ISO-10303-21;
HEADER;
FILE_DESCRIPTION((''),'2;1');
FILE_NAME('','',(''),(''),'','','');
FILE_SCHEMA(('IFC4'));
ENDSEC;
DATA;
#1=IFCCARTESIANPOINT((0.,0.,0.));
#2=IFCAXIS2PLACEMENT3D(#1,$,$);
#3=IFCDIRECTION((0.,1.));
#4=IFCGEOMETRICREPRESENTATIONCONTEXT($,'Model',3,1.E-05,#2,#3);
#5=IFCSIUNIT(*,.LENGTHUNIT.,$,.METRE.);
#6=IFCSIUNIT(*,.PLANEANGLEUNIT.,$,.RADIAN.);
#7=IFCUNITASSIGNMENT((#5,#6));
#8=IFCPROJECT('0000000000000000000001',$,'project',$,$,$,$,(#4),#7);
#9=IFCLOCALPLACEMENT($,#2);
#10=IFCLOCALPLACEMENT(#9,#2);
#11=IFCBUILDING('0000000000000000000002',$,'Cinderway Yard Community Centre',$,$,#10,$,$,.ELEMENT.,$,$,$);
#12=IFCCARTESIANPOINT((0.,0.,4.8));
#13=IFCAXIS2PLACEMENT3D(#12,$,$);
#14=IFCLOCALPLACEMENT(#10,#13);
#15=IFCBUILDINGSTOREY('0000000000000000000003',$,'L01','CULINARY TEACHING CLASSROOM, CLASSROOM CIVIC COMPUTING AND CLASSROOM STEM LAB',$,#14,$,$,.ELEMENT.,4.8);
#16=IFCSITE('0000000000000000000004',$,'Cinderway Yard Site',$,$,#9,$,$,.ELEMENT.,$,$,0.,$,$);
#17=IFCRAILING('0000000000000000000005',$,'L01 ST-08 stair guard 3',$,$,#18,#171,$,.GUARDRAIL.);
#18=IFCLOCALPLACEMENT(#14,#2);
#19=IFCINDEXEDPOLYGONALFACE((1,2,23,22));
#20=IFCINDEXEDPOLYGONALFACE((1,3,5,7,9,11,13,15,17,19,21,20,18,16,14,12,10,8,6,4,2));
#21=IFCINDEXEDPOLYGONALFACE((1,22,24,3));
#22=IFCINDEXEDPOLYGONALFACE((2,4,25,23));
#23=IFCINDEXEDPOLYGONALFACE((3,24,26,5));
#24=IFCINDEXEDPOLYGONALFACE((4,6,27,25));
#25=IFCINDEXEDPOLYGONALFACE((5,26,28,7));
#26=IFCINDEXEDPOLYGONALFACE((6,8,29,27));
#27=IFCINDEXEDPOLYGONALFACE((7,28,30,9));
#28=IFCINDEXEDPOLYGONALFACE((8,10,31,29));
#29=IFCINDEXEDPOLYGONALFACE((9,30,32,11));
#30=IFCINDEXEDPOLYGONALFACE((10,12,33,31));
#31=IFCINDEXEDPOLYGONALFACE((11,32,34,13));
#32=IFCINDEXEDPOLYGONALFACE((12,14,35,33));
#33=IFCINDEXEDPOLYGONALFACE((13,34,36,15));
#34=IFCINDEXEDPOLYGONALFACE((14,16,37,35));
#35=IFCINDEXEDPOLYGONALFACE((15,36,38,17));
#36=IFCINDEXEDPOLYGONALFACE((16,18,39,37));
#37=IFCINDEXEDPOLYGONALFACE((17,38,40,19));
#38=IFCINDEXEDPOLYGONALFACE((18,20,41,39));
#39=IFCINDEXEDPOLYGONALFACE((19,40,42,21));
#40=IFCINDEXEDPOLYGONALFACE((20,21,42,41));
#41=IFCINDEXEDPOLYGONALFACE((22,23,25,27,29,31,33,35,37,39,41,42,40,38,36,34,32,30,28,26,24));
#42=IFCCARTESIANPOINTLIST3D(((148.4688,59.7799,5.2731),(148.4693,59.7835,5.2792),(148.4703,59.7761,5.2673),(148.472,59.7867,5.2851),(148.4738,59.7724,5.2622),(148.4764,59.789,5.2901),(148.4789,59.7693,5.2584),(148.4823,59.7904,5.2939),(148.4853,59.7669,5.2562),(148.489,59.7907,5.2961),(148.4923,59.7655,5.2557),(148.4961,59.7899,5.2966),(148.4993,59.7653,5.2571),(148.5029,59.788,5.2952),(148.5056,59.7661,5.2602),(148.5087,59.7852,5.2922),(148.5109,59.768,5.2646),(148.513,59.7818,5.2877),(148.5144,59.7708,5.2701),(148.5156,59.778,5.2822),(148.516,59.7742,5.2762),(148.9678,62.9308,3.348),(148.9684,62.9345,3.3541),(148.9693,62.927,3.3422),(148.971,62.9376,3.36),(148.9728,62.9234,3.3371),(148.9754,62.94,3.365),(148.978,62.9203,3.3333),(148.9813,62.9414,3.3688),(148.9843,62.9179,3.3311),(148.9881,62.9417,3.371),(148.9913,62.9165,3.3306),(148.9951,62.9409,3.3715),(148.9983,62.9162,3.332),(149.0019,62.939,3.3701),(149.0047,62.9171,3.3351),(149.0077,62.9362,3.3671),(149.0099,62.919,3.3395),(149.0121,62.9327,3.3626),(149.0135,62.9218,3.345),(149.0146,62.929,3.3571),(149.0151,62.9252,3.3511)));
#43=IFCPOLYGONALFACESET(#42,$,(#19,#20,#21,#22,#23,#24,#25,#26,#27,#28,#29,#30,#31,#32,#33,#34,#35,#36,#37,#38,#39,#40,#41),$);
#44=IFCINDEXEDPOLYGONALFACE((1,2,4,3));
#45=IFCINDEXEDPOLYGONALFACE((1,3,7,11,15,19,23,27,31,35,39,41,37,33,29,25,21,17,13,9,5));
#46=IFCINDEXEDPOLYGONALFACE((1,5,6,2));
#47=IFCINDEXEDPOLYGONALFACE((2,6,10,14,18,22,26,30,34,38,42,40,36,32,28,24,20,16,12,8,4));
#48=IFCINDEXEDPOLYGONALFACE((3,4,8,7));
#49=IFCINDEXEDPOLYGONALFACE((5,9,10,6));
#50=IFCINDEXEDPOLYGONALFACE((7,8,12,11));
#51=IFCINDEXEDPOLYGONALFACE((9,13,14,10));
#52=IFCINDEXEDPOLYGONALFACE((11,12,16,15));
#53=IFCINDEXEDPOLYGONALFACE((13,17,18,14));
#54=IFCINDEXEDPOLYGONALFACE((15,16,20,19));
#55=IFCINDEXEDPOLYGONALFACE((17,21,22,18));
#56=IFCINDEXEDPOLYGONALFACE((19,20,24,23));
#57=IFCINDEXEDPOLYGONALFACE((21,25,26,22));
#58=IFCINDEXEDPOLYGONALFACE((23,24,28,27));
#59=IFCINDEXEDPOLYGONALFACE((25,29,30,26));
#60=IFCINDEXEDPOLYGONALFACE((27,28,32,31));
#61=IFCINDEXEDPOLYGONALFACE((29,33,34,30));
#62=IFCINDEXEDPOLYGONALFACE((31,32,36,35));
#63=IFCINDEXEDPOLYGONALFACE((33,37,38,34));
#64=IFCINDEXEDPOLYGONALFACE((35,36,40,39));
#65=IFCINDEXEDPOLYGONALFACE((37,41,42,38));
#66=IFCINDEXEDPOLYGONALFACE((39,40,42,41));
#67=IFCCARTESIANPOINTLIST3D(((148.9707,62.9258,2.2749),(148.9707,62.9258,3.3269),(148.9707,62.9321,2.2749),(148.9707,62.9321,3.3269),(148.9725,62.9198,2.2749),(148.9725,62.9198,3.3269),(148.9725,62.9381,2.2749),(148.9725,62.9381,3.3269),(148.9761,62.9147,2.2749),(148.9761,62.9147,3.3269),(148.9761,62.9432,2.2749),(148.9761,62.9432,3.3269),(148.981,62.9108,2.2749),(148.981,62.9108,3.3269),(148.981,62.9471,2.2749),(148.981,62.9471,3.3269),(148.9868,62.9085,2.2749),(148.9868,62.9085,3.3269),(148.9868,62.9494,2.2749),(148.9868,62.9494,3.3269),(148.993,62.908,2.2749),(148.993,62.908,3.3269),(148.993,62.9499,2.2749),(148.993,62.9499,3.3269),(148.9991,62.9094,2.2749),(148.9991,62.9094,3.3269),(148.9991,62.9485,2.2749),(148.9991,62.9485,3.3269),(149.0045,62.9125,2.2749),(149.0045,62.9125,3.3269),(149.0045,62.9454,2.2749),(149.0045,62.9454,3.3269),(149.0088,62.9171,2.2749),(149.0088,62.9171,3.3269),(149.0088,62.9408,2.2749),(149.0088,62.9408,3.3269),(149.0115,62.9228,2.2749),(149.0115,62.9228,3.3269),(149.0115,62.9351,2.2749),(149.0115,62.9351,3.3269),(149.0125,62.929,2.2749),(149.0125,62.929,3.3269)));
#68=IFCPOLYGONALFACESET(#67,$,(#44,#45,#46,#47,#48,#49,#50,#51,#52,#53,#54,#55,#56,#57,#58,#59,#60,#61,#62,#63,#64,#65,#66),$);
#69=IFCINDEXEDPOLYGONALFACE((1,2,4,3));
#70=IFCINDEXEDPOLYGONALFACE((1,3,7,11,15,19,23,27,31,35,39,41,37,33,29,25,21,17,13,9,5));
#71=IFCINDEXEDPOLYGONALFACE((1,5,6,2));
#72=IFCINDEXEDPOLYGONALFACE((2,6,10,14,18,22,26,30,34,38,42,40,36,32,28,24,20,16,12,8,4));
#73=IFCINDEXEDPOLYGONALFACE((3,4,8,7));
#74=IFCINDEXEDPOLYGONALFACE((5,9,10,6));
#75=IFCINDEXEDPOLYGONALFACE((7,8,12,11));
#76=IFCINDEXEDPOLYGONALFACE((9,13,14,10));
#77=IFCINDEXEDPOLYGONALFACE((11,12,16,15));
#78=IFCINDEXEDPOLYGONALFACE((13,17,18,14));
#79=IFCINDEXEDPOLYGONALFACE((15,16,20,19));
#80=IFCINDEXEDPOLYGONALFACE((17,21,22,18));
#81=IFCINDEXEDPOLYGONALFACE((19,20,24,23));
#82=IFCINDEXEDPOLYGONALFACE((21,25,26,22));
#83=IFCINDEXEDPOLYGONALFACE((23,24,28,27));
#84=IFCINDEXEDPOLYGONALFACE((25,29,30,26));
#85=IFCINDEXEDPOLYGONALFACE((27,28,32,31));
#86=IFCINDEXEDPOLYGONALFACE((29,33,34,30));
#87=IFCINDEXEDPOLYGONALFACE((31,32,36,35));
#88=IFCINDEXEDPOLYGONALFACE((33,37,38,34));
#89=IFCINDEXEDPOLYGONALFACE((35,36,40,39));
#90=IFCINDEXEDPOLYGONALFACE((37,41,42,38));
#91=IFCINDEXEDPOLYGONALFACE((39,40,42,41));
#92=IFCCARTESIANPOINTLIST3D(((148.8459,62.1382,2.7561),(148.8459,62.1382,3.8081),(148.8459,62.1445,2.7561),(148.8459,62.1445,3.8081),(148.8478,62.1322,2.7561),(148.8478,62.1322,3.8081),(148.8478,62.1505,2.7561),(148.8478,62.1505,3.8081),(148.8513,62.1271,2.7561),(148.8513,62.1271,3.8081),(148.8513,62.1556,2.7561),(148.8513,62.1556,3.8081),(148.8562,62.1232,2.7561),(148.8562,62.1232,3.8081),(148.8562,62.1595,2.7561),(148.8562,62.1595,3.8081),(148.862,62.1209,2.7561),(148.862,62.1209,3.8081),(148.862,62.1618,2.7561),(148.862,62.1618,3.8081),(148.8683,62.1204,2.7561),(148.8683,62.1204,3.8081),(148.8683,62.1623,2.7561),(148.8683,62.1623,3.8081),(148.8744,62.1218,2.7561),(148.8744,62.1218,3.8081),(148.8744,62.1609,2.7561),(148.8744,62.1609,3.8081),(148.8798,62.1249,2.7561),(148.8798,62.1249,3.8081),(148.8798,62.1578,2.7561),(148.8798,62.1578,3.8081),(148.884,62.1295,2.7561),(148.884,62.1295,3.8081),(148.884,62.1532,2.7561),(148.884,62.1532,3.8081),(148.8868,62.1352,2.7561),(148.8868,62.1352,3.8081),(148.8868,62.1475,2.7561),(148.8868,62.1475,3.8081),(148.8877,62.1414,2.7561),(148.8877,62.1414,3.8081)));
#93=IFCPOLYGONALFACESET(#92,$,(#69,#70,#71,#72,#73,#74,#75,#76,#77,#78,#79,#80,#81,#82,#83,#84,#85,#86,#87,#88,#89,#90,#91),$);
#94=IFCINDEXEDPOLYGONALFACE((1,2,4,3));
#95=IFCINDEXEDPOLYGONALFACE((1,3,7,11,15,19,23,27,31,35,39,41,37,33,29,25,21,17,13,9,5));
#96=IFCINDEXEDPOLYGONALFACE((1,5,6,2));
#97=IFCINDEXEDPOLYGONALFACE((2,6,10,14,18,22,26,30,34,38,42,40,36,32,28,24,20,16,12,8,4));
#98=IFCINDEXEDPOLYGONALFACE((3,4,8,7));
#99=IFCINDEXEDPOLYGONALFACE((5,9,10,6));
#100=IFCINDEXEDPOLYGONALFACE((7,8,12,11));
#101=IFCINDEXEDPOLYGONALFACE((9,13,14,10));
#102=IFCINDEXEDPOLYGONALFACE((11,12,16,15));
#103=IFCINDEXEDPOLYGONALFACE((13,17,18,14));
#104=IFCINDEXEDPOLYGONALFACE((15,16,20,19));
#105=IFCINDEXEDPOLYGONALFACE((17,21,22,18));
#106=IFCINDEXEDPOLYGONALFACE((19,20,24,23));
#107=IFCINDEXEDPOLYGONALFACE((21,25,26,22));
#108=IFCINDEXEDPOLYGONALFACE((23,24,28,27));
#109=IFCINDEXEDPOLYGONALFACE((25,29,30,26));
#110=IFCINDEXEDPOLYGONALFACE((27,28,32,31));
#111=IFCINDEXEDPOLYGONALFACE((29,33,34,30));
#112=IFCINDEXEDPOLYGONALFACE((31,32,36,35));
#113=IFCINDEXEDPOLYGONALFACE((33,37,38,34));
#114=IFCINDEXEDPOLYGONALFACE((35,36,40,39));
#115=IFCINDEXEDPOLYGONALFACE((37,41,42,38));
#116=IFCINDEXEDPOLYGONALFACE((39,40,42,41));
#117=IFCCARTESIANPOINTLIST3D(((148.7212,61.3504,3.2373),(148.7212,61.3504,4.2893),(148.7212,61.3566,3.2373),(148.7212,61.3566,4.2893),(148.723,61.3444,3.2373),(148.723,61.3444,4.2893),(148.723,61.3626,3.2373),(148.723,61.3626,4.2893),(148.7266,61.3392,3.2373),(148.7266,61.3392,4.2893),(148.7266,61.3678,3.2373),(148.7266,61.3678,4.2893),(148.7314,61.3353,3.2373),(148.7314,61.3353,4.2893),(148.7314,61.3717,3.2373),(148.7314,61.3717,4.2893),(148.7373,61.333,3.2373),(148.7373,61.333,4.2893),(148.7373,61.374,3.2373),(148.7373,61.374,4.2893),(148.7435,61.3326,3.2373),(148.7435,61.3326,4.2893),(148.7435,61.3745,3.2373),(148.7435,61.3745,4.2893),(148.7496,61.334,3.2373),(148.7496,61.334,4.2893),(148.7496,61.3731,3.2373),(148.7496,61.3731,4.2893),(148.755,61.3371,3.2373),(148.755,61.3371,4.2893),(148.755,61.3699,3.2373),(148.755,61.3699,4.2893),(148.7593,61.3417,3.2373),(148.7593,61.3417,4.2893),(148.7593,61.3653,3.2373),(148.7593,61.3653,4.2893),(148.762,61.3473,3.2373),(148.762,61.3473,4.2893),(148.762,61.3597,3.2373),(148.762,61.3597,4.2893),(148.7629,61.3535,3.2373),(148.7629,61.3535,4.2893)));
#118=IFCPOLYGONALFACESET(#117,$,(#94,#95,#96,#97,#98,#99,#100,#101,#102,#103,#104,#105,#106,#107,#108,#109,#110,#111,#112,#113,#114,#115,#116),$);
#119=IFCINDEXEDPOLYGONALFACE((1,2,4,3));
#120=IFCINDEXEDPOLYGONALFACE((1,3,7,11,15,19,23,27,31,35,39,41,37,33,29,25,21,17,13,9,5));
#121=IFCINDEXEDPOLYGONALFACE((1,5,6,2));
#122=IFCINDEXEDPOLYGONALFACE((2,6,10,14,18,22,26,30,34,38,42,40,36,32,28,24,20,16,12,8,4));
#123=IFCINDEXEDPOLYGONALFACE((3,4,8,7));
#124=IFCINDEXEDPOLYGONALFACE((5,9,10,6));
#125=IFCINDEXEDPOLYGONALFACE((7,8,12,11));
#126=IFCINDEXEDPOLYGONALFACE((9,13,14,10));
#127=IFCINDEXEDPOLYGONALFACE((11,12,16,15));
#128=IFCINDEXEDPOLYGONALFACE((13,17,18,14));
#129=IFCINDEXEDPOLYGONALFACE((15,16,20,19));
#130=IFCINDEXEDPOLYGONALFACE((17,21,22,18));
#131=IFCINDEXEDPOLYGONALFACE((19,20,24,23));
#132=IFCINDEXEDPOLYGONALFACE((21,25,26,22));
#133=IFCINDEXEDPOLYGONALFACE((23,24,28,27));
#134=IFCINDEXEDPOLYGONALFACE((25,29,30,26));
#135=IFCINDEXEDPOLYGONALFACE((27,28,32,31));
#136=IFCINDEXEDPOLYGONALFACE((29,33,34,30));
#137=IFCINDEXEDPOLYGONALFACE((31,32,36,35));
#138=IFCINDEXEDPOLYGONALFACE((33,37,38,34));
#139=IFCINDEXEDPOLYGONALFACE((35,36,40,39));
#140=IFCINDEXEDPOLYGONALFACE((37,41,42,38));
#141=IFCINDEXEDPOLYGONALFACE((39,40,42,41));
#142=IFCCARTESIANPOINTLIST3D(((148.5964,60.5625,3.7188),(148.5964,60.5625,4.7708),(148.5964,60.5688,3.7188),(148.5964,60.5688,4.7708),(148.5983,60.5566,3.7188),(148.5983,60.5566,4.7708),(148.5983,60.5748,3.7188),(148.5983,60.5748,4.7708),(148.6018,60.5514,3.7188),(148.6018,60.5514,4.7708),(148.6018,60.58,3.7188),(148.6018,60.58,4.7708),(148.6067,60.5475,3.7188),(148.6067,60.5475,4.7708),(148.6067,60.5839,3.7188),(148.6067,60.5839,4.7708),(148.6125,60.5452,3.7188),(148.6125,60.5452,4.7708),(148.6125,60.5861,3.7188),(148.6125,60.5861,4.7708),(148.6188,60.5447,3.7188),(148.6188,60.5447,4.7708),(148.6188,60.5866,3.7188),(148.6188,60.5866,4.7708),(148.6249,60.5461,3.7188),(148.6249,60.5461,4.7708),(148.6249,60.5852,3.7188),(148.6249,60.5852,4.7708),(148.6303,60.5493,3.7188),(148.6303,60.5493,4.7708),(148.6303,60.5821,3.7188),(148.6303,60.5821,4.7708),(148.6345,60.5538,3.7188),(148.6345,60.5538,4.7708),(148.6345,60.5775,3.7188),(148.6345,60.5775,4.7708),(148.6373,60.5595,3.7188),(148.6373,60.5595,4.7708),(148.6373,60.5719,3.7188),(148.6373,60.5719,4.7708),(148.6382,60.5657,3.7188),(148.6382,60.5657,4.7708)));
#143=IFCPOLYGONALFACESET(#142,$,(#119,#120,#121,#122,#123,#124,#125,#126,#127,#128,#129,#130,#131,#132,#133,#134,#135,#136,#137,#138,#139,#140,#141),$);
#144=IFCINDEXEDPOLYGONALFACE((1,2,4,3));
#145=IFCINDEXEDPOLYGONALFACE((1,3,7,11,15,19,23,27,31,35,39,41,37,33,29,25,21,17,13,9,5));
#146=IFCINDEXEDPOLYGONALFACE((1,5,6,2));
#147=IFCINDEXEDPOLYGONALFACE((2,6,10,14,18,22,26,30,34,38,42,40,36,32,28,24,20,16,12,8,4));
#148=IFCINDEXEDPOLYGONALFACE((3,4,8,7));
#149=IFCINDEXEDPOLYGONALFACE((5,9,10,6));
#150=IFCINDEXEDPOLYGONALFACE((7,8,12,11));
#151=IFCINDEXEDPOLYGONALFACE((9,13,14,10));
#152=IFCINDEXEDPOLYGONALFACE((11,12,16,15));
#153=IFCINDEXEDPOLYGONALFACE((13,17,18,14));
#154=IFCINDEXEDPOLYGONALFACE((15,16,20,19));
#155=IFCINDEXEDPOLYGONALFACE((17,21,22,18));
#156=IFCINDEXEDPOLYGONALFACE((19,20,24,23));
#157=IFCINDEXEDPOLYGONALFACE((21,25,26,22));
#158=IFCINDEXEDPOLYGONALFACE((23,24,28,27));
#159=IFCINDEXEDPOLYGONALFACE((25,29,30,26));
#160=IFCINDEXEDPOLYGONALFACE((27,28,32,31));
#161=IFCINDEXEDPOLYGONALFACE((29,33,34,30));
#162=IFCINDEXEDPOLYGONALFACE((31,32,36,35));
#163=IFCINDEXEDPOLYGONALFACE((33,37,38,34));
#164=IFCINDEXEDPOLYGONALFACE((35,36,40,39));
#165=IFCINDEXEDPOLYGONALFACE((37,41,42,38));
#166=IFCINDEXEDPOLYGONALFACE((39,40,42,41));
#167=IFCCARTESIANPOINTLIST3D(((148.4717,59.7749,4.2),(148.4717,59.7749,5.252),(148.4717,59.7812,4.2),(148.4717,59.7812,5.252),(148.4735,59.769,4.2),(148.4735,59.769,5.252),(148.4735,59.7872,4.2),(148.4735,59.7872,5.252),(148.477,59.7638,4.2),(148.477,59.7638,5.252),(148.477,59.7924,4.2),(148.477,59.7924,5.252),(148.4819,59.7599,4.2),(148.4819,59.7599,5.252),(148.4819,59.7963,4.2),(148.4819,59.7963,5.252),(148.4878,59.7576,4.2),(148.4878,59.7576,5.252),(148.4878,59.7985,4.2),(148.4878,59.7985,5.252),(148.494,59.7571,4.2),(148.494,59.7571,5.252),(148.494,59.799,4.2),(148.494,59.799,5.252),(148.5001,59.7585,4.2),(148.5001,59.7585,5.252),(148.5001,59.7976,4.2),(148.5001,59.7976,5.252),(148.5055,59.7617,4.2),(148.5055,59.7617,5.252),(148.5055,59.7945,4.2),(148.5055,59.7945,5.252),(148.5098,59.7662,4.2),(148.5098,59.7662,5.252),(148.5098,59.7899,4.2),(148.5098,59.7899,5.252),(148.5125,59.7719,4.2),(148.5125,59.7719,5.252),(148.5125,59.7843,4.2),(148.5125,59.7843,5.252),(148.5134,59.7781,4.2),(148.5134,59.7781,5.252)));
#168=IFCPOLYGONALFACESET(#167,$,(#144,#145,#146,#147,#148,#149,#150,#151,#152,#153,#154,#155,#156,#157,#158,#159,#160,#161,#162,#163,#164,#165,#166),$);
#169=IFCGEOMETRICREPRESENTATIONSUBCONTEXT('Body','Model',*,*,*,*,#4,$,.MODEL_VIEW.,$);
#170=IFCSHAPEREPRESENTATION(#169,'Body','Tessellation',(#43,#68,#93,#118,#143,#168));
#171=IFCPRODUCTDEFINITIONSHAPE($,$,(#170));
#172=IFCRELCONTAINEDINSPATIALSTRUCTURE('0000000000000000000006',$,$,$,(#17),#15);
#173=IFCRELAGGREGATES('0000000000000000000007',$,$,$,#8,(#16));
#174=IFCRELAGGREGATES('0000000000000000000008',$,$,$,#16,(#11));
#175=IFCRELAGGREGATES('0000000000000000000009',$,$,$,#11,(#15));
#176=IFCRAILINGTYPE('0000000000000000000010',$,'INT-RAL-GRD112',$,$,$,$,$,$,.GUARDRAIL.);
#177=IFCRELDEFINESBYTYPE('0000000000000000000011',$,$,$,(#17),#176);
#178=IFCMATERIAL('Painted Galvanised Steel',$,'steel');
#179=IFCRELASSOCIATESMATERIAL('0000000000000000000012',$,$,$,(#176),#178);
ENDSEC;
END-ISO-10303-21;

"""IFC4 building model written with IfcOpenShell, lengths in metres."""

from ifc_helpers import new_model, si_unit, direction, frame, origin, origin_2d, place, context, subcontext, project, spatial, circle, extrude, material, type_object, element, save


model = new_model("IFC4")

# Units and contexts
model_context = context("Model", 3, precision=1e-05, world=origin(), true_north=direction((0.0, 1.0)))
body_context = subcontext(model_context, "Body", "Model", "MODEL_VIEW")
ifc_project = project(units=[si_unit("LENGTHUNIT", "METRE"), si_unit("PLANEANGLEUNIT", "RADIAN")], contexts=[model_context])

# Site, building, storey
site_placement = place(None, origin())
site = spatial("IfcSite", under=ifc_project, at=site_placement, Name="Cinderway Yard Site", CompositionType="ELEMENT", RefElevation=0.0)
building_placement = place(site_placement, origin())
building = spatial("IfcBuilding", under=site, at=building_placement, Name="Cinderway Yard Community Centre", CompositionType="ELEMENT")
storey_placement = place(building_placement, frame((0.0, 0.0, 4.8)))
storey = spatial("IfcBuildingStorey", under=building, at=storey_placement, Name="L01", Description="CULINARY TEACHING CLASSROOM, CLASSROOM CIVIC COMPUTING AND CLASSROOM STEM LAB", CompositionType="ELEMENT", Elevation=4.8)

# Railing
ifc_material_1 = material(Name="Painted Galvanised Steel", Category="steel")
railing_type_1 = type_object("IfcRailingType", Name="INT-RAL-GRD112", PredefinedType="GUARDRAIL", material=ifc_material_1)
railing_1_placement = place(storey_placement, frame((148.9915, 62.929, 2.2749)))
element("IfcRailing", 1, at=railing_1_placement, inside=storey, type_object=railing_type_1, Name="L01 ST-08 stair guard 3", PredefinedType="GUARDRAIL", context=body_context, shape_type="SweptSolid", body=[
    extrude(circle(Radius=0.0239, at=origin_2d()), frame((0.0, 0.0, 1.0762), z_axis=(-0.133931, -0.845653, 0.516657), x_axis=(0.98769, -0.156426, 0.0)), (0.0, 0.0, 1.0), 3.7261),
    extrude(circle(Radius=0.021, at=origin_2d()), origin(), (0.0, 0.0, 1.0), 1.052),
    extrude(circle(Radius=0.021, at=origin_2d()), frame((-0.1248, -0.7876, 0.4812)), (0.0, 0.0, 1.0), 1.052),
    extrude(circle(Radius=0.021, at=origin_2d()), frame((-0.2495, -1.5754, 0.9624)), (0.0, 0.0, 1.0), 1.052),
    extrude(circle(Radius=0.021, at=origin_2d()), frame((-0.3743, -2.3633, 1.4438)), (0.0, 0.0, 1.0), 1.052),
    extrude(circle(Radius=0.021, at=origin_2d()), frame((-0.499, -3.1509, 1.925)), (0.0, 0.0, 1.0), 1.052),
])

save(model, "model.ifc")
